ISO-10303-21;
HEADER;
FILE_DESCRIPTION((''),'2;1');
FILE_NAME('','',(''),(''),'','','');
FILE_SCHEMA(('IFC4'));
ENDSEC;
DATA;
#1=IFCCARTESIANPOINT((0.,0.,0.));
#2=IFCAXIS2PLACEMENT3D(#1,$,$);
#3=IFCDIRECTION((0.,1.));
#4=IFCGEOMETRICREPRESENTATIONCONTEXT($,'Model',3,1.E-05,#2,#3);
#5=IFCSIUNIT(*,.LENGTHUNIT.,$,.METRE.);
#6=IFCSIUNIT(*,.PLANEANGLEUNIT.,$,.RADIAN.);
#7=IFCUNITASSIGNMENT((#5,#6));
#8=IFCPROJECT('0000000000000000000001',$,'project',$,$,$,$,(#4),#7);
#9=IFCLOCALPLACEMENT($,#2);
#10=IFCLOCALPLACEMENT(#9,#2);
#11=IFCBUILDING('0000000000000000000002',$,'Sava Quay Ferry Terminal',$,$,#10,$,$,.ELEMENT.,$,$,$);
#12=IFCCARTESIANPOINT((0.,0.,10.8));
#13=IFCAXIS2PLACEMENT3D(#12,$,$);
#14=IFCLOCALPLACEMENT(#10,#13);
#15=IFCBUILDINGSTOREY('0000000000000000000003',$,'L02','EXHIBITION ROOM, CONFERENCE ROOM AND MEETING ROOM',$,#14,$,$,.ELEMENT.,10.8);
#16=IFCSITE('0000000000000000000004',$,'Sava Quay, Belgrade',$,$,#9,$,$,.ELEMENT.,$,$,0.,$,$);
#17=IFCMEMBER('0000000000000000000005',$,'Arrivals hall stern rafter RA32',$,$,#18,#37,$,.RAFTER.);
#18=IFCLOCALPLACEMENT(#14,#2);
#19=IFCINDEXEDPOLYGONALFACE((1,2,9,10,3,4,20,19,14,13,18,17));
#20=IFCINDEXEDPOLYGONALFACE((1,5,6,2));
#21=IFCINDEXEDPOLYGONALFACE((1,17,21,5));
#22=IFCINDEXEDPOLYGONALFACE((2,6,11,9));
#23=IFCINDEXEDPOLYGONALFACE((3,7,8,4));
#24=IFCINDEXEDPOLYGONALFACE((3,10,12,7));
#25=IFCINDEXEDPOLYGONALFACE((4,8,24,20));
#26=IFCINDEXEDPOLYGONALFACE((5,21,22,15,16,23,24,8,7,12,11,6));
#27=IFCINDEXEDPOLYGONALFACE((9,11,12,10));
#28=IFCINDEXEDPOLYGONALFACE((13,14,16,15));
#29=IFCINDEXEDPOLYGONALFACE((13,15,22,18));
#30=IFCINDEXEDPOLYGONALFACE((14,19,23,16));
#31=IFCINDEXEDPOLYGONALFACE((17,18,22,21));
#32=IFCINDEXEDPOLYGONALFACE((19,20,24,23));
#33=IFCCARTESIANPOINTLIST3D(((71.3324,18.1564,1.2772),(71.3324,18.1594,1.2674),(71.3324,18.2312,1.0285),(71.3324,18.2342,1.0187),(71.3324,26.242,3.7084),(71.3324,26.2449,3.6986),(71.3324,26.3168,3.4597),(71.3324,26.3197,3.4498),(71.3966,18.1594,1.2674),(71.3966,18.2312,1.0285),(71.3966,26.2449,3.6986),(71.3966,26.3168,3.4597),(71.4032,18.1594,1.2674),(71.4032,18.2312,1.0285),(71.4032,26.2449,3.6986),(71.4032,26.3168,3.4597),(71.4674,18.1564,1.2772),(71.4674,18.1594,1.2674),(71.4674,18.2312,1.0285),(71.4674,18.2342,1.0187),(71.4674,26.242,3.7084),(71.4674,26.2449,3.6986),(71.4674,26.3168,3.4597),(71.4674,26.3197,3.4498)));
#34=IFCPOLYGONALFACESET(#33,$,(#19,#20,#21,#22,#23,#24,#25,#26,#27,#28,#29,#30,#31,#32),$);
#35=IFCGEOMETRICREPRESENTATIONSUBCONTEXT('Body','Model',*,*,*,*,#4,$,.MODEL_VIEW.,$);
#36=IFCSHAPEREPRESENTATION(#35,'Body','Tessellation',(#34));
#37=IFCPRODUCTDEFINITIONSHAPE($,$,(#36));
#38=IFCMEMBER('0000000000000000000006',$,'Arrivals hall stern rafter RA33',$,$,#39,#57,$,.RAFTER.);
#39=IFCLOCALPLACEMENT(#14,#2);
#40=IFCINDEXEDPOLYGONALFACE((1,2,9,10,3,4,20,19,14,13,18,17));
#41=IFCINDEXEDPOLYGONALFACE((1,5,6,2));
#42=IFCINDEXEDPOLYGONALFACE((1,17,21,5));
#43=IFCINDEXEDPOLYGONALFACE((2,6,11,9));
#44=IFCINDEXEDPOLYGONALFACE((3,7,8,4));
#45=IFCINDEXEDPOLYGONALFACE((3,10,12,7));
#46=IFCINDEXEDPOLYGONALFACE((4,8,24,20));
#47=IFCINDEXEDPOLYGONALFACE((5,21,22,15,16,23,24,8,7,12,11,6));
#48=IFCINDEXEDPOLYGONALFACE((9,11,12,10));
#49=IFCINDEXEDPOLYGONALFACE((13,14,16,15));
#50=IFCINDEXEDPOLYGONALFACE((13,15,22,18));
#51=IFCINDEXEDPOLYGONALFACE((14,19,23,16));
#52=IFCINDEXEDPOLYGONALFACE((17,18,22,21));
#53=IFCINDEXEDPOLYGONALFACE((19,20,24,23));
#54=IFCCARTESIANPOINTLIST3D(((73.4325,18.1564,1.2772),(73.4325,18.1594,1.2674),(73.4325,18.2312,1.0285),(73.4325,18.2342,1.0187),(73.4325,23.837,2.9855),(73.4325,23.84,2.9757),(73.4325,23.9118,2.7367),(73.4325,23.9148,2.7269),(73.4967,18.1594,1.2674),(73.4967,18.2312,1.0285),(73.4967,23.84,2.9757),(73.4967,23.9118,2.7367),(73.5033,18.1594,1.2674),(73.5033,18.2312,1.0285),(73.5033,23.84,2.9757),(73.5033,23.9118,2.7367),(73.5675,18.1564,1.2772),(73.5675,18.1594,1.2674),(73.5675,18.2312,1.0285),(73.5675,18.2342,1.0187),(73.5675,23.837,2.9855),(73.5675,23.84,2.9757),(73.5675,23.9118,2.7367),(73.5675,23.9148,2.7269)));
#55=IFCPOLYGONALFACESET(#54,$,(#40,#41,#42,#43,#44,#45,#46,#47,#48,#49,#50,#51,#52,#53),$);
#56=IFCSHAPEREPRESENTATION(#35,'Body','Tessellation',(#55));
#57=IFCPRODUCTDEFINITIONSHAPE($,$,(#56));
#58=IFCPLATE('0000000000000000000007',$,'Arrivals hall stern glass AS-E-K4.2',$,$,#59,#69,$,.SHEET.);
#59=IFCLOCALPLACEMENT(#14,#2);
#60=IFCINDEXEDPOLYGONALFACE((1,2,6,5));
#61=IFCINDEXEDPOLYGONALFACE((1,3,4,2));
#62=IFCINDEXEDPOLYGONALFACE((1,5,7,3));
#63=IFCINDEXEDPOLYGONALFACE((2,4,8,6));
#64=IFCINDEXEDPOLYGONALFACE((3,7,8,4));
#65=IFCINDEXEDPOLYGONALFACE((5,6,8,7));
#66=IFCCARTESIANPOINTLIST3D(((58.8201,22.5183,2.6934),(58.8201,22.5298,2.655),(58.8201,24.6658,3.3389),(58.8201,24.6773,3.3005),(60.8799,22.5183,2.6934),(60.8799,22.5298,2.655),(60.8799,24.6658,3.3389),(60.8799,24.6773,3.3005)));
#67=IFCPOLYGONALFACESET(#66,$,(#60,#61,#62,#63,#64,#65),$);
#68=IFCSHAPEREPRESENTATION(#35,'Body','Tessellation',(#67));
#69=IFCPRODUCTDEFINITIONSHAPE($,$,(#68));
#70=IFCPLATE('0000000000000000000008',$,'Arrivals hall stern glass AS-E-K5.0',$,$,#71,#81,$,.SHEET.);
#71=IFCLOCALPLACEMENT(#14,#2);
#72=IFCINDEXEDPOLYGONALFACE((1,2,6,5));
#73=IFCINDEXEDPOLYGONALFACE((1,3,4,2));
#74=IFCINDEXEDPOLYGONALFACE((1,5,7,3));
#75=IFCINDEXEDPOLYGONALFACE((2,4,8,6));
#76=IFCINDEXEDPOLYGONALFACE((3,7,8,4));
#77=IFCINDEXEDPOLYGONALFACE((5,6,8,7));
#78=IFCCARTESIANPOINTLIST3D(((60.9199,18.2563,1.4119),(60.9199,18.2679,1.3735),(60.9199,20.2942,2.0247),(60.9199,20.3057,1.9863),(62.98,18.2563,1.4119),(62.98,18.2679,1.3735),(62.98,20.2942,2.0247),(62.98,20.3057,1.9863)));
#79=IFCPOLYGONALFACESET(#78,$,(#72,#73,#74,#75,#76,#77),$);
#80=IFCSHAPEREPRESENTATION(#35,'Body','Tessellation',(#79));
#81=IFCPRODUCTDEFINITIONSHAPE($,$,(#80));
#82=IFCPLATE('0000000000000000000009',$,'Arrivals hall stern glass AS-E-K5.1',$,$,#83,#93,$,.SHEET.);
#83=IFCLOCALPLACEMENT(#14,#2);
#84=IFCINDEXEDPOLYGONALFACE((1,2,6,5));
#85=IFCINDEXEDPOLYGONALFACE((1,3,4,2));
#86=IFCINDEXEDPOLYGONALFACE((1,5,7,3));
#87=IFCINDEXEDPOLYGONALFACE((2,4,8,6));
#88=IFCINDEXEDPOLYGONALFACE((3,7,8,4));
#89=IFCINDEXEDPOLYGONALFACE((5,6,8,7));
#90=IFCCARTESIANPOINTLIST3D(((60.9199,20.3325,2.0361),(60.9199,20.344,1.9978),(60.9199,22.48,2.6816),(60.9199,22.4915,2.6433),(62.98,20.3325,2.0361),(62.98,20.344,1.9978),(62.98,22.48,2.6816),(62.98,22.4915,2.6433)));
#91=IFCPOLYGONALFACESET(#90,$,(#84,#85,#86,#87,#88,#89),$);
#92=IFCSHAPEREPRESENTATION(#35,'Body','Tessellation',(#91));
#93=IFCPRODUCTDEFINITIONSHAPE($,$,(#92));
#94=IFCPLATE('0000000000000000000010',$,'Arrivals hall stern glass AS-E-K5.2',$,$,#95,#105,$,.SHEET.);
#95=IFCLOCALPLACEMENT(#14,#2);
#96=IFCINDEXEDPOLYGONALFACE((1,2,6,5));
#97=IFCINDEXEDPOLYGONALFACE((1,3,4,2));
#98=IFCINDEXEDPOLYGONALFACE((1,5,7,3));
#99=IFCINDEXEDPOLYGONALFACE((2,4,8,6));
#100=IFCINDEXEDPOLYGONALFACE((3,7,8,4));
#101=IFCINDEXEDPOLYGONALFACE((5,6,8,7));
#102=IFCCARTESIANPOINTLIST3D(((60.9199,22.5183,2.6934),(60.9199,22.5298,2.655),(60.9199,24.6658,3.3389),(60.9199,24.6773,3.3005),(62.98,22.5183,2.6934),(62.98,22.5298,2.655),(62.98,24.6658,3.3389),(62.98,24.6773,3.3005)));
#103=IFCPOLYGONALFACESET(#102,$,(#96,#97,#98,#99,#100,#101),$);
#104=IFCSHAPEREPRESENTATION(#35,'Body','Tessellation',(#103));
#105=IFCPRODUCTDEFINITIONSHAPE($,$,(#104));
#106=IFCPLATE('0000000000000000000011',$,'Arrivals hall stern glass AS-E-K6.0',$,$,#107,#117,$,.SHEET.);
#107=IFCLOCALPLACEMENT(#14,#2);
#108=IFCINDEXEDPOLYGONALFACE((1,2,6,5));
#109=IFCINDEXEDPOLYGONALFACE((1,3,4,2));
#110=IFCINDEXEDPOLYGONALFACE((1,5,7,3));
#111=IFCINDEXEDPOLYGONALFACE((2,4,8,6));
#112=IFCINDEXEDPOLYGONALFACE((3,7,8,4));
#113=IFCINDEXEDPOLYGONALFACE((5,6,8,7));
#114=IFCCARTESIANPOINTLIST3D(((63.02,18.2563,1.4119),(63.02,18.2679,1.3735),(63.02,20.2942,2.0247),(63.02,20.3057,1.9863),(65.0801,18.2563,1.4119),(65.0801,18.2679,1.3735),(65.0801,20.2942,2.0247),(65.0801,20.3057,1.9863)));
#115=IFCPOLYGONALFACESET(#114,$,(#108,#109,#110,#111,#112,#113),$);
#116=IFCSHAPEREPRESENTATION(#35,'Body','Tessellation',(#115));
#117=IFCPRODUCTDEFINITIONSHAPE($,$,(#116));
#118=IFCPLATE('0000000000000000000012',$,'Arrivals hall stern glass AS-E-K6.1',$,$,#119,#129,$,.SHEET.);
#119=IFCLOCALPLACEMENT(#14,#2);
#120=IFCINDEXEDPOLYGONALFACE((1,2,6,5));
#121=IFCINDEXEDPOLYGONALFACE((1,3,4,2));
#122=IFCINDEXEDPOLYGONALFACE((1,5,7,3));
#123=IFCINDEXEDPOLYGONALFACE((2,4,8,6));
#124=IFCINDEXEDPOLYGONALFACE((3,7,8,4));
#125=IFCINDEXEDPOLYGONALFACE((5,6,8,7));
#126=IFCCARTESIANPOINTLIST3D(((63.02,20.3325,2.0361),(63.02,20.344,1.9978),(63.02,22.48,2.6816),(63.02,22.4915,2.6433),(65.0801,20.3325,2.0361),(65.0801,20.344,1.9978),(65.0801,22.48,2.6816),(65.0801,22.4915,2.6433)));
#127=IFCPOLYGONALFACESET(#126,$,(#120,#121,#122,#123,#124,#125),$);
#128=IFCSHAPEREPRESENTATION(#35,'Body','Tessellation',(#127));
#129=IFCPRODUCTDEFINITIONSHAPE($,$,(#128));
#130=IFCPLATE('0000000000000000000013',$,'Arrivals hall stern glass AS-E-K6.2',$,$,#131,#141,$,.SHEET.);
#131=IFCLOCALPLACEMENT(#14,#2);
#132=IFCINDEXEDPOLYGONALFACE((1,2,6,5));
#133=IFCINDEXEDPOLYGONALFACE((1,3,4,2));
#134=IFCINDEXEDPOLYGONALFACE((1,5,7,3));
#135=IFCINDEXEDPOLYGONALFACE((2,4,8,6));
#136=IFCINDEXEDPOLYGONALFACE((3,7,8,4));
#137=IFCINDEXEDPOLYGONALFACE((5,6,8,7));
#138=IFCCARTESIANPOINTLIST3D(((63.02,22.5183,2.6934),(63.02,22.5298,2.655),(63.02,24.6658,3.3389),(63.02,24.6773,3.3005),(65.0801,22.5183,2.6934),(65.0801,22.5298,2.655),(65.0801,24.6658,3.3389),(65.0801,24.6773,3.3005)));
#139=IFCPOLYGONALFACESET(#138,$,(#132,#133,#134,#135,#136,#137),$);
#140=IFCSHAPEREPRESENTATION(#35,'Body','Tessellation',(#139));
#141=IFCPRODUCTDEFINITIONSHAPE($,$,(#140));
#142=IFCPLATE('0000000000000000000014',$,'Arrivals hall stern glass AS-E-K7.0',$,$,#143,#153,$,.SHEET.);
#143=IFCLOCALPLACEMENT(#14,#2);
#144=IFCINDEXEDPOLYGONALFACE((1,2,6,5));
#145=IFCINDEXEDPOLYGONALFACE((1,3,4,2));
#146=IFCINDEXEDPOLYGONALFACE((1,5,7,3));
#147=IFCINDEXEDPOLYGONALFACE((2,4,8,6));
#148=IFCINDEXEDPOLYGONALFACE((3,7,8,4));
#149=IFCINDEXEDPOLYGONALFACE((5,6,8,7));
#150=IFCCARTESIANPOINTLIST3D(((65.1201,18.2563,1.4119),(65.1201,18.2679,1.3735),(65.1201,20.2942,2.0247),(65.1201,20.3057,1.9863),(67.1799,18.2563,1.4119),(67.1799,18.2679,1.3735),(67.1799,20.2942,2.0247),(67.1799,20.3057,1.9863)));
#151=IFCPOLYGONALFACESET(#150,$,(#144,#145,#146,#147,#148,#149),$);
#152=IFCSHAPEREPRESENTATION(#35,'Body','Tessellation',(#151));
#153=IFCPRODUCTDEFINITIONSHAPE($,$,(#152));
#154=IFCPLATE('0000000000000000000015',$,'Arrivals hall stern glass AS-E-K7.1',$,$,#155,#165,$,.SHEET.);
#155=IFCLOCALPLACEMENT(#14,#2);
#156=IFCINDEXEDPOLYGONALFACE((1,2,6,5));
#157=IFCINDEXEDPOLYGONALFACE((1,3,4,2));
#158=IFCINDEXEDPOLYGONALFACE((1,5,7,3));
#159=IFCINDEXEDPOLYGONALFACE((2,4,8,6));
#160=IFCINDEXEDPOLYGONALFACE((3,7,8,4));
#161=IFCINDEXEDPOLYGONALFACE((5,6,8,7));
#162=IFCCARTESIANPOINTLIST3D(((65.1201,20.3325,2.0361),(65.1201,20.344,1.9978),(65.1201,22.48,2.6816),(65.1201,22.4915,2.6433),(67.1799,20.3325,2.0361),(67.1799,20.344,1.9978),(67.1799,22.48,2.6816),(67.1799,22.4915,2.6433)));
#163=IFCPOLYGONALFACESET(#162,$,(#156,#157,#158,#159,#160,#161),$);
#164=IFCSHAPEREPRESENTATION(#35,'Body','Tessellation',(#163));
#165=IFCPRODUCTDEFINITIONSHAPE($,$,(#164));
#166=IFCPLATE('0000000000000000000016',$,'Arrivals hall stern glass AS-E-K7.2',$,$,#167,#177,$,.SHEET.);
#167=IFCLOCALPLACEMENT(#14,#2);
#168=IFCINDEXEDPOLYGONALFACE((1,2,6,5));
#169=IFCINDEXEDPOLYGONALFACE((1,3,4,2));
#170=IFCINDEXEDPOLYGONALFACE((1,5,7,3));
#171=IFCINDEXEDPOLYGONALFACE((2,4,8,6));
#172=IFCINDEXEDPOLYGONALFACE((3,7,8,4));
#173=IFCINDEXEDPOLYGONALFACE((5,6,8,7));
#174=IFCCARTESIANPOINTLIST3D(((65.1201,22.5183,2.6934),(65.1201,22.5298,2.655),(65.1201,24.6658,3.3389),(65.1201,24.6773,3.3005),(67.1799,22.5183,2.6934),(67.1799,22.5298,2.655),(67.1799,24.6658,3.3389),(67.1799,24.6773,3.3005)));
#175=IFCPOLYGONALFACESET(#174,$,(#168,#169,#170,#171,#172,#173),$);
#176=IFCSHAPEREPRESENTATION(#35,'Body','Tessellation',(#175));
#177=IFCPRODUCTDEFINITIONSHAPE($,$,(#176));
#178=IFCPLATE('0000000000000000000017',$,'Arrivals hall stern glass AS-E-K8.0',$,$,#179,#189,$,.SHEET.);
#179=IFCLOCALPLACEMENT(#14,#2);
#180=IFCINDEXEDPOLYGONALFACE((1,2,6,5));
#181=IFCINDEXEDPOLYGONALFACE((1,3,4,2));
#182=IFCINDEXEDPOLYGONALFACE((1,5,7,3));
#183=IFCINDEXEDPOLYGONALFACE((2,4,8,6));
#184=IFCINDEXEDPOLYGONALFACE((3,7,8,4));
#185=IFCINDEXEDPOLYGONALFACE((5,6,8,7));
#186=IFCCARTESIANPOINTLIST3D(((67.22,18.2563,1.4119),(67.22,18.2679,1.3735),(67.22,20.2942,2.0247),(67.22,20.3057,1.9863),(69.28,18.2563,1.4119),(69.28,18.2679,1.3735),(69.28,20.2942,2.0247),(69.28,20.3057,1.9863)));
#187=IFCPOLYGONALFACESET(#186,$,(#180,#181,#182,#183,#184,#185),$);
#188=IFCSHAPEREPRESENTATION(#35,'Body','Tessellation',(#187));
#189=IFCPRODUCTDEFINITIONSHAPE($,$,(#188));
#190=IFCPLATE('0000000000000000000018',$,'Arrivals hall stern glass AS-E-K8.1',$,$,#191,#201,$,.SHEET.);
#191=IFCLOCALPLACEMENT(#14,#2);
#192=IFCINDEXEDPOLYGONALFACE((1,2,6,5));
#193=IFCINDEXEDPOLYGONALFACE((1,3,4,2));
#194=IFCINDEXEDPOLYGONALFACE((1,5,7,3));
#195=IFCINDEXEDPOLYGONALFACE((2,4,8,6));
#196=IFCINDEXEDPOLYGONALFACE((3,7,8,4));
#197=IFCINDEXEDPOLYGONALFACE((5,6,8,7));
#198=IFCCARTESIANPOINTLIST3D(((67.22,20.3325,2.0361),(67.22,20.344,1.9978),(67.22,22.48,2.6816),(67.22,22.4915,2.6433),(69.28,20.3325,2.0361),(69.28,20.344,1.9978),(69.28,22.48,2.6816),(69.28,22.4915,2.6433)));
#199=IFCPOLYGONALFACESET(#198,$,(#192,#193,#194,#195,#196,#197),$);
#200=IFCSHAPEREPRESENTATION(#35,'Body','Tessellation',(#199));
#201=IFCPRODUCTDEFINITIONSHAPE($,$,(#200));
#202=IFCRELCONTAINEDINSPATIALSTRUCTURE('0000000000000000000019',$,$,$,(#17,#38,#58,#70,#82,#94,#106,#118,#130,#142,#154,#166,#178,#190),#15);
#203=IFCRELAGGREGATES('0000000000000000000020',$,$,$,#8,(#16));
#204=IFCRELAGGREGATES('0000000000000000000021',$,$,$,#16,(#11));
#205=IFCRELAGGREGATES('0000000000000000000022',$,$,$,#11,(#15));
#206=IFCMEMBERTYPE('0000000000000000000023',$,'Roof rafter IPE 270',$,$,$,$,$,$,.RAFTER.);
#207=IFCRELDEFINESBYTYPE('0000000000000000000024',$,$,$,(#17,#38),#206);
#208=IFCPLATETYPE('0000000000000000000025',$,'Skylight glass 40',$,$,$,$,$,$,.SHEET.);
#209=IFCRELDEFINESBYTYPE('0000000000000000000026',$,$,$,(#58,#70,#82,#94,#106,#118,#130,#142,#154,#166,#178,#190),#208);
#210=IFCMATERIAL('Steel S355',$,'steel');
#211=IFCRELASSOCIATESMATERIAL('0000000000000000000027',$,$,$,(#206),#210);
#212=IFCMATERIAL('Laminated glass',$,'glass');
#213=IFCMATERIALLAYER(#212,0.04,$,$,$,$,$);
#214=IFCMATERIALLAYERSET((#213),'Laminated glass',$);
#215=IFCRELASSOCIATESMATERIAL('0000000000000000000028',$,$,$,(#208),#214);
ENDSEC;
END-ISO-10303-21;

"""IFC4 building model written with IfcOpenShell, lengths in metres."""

from ifc_helpers import new_model, si_unit, direction, frame, origin, origin_2d, place, context, subcontext, project, spatial, polyline, i_section, outline, extrude, material, layer, layer_set, material_profile, profile_set, type_object, element, save


model = new_model("IFC4")

# Units and contexts
model_context = context("Model", 3, precision=1e-05, world=origin(), true_north=direction((0.0, 1.0)))
body_context = subcontext(model_context, "Body", "Model", "MODEL_VIEW")
ifc_project = project(units=[si_unit("LENGTHUNIT", "METRE"), si_unit("PLANEANGLEUNIT", "RADIAN")], contexts=[model_context])

# Site, building, storey
site_placement = place(None, origin())
site = spatial("IfcSite", under=ifc_project, at=site_placement, Name="Sava Quay, Belgrade", CompositionType="ELEMENT", RefElevation=0.0)
building_placement = place(site_placement, origin())
building = spatial("IfcBuilding", under=site, at=building_placement, Name="Sava Quay Ferry Terminal", CompositionType="ELEMENT")
storey_placement = place(building_placement, frame((0.0, 0.0, 10.8)))
storey = spatial("IfcBuildingStorey", under=building, at=storey_placement, Name="L02", Description="EXHIBITION ROOM, CONFERENCE ROOM AND MEETING ROOM", CompositionType="ELEMENT", Elevation=10.8)

# Members
ifc_material_1 = material(Name="Steel S355", Category="steel")
ifc_material_profile_1 = material_profile(ifc_material_1, i_section(OverallWidth=0.135, OverallDepth=0.27, WebThickness=0.0066, FlangeThickness=0.0103, at=origin_2d()), Name="IPE 270")
ifc_profile_set_1 = profile_set([ifc_material_profile_1], Name="Steel S355")
member_type_1 = type_object("IfcMemberType", Name="Roof rafter IPE 270", PredefinedType="RAFTER", material=ifc_profile_set_1)
member_1_placement = place(storey_placement, frame((71.3999, 18.1953, 1.1479), z_axis=(0.0, 0.957646, 0.287947), x_axis=(-1.0, 0.0, 0.0)))
element("IfcMember", 1, at=member_1_placement, inside=storey, type_object=member_type_1, Name="Arrivals hall stern rafter RA32", PredefinedType="RAFTER", context=body_context, shape_type="SweptSolid", body=[
    extrude(i_section(OverallWidth=0.135, OverallDepth=0.27, WebThickness=0.0066, FlangeThickness=0.0103, at=origin_2d()), origin(), (0.0, 0.0, 1.0), 8.4431),
])
member_2_placement = place(storey_placement, frame((73.5, 18.1953, 1.1479), z_axis=(0.0, 0.957638, 0.287975), x_axis=(-1.0, 0.0, 0.0)))
element("IfcMember", 2, at=member_2_placement, inside=storey, type_object=member_type_1, Name="Arrivals hall stern rafter RA33", PredefinedType="RAFTER", context=body_context, shape_type="SweptSolid", body=[
    extrude(i_section(OverallWidth=0.135, OverallDepth=0.27, WebThickness=0.0066, FlangeThickness=0.0103, at=origin_2d()), origin(), (0.0, 0.0, 1.0), 5.9319),
])

# Plates
ifc_material_2 = material(Name="Laminated glass", Category="glass")
ifc_layer = layer(ifc_material_2, 0.04)
ifc_layer_set = layer_set([ifc_layer], Name="Laminated glass")
plate_type = type_object("IfcPlateType", Name="Skylight glass 40", PredefinedType="SHEET", material=ifc_layer_set)
plate_1_placement = place(storey_placement, frame((58.8201, 22.5183, 2.6934), z_axis=(0.0, -0.287867, 0.95767), x_axis=(0.0, 0.95767, 0.287867)))
element("IfcPlate", 3, at=plate_1_placement, inside=storey, type_object=plate_type, Name="Arrivals hall stern glass AS-E-K4.2", PredefinedType="SHEET", context=body_context, shape_type="SweptSolid", body=[
    extrude(outline(polyline([(0.0, 0.0), (2.2424, 0.0), (2.2424, -2.0598), (0.0, -2.0598), (0.0, 0.0)])), origin(), (0.0, 0.0, -1.0), 0.04),
])
plate_2_placement = place(storey_placement, frame((60.9199, 20.2942, 2.0247), z_axis=(0.0, -0.287969, 0.95764), x_axis=(1.0, 0.0, 0.0)))
element("IfcPlate", 4, at=plate_2_placement, inside=storey, type_object=plate_type, Name="Arrivals hall stern glass AS-E-K5.0", PredefinedType="SHEET", context=body_context, shape_type="SweptSolid", body=[
    extrude(outline(polyline([(0.0, 0.0), (2.0601, 0.0), (2.0601, -2.128), (0.0, -2.128), (0.0, 0.0)])), origin(), (0.0, 0.0, -1.0), 0.04),
])
for number, where, z_axis, x_axis, name in (
    (5, (60.9199, 20.3325, 2.0361), (0.0, -0.287867, 0.95767), (0.0, 0.95767, 0.287867), "Arrivals hall stern glass AS-E-K5.1"),
    (6, (60.9199, 22.5183, 2.6934), (0.0, -0.287867, 0.95767), (0.0, 0.95767, 0.287867), "Arrivals hall stern glass AS-E-K5.2"),
):
    element("IfcPlate", number, at=place(storey_placement, frame(where, z_axis=z_axis, x_axis=x_axis)), inside=storey, type_object=plate_type, Name=name, PredefinedType="SHEET", context=body_context, shape_type="SweptSolid", body=[
        extrude(outline(polyline([(0.0, 0.0), (2.2424, 0.0), (2.2424, -2.0601), (0.0, -2.0601), (0.0, 0.0)])), origin(), (0.0, 0.0, -1.0), 0.04),
    ])
plate_3_placement = place(storey_placement, frame((63.02, 20.2942, 2.0247), z_axis=(0.0, -0.287969, 0.95764), x_axis=(1.0, 0.0, 0.0)))
element("IfcPlate", 7, at=plate_3_placement, inside=storey, type_object=plate_type, Name="Arrivals hall stern glass AS-E-K6.0", PredefinedType="SHEET", context=body_context, shape_type="SweptSolid", body=[
    extrude(outline(polyline([(0.0, 0.0), (2.0601, 0.0), (2.0601, -2.128), (0.0, -2.128), (0.0, 0.0)])), origin(), (0.0, 0.0, -1.0), 0.04),
])
for number, where, z_axis, x_axis, name in (
    (8, (63.02, 20.3325, 2.0361), (0.0, -0.287867, 0.95767), (0.0, 0.95767, 0.287867), "Arrivals hall stern glass AS-E-K6.1"),
    (9, (63.02, 22.5183, 2.6934), (0.0, -0.287867, 0.95767), (0.0, 0.95767, 0.287867), "Arrivals hall stern glass AS-E-K6.2"),
):
    element("IfcPlate", number, at=place(storey_placement, frame(where, z_axis=z_axis, x_axis=x_axis)), inside=storey, type_object=plate_type, Name=name, PredefinedType="SHEET", context=body_context, shape_type="SweptSolid", body=[
        extrude(outline(polyline([(0.0, 0.0), (2.2424, 0.0), (2.2424, -2.0601), (0.0, -2.0601), (0.0, 0.0)])), origin(), (0.0, 0.0, -1.0), 0.04),
    ])
plate_4_placement = place(storey_placement, frame((65.1201, 20.2942, 2.0247), z_axis=(0.0, -0.287969, 0.95764), x_axis=(1.0, 0.0, 0.0)))
element("IfcPlate", 10, at=plate_4_placement, inside=storey, type_object=plate_type, Name="Arrivals hall stern glass AS-E-K7.0", PredefinedType="SHEET", context=body_context, shape_type="SweptSolid", body=[
    extrude(outline(polyline([(0.0, 0.0), (2.0598, 0.0), (2.0598, -2.128), (0.0, -2.128), (0.0, 0.0)])), origin(), (0.0, 0.0, -1.0), 0.04),
])
for number, where, z_axis, x_axis, name in (
    (11, (65.1201, 20.3325, 2.0361), (0.0, -0.287867, 0.95767), (0.0, 0.95767, 0.287867), "Arrivals hall stern glass AS-E-K7.1"),
    (12, (65.1201, 22.5183, 2.6934), (0.0, -0.287867, 0.95767), (0.0, 0.95767, 0.287867), "Arrivals hall stern glass AS-E-K7.2"),
):
    element("IfcPlate", number, at=place(storey_placement, frame(where, z_axis=z_axis, x_axis=x_axis)), inside=storey, type_object=plate_type, Name=name, PredefinedType="SHEET", context=body_context, shape_type="SweptSolid", body=[
        extrude(outline(polyline([(0.0, 0.0), (2.2424, 0.0), (2.2424, -2.0598), (0.0, -2.0598), (0.0, 0.0)])), origin(), (0.0, 0.0, -1.0), 0.04),
    ])
plate_5_placement = place(storey_placement, frame((67.22, 20.2942, 2.0247), z_axis=(0.0, -0.287969, 0.95764), x_axis=(1.0, 0.0, 0.0)))
element("IfcPlate", 13, at=plate_5_placement, inside=storey, type_object=plate_type, Name="Arrivals hall stern glass AS-E-K8.0", PredefinedType="SHEET", context=body_context, shape_type="SweptSolid", body=[
    extrude(outline(polyline([(0.0, 0.0), (2.0601, 0.0), (2.0601, -2.128), (0.0, -2.128), (0.0, 0.0)])), origin(), (0.0, 0.0, -1.0), 0.04),
])
for number, where, z_axis, x_axis, name in (
    (14, (67.22, 20.3325, 2.0361), (0.0, -0.287867, 0.95767), (0.0, 0.95767, 0.287867), "Arrivals hall stern glass AS-E-K8.1"),
):
    element("IfcPlate", number, at=place(storey_placement, frame(where, z_axis=z_axis, x_axis=x_axis)), inside=storey, type_object=plate_type, Name=name, PredefinedType="SHEET", context=body_context, shape_type="SweptSolid", body=[
        extrude(outline(polyline([(0.0, 0.0), (2.2424, 0.0), (2.2424, -2.0601), (0.0, -2.0601), (0.0, 0.0)])), origin(), (0.0, 0.0, -1.0), 0.04),
    ])

save(model, "model.ifc")
